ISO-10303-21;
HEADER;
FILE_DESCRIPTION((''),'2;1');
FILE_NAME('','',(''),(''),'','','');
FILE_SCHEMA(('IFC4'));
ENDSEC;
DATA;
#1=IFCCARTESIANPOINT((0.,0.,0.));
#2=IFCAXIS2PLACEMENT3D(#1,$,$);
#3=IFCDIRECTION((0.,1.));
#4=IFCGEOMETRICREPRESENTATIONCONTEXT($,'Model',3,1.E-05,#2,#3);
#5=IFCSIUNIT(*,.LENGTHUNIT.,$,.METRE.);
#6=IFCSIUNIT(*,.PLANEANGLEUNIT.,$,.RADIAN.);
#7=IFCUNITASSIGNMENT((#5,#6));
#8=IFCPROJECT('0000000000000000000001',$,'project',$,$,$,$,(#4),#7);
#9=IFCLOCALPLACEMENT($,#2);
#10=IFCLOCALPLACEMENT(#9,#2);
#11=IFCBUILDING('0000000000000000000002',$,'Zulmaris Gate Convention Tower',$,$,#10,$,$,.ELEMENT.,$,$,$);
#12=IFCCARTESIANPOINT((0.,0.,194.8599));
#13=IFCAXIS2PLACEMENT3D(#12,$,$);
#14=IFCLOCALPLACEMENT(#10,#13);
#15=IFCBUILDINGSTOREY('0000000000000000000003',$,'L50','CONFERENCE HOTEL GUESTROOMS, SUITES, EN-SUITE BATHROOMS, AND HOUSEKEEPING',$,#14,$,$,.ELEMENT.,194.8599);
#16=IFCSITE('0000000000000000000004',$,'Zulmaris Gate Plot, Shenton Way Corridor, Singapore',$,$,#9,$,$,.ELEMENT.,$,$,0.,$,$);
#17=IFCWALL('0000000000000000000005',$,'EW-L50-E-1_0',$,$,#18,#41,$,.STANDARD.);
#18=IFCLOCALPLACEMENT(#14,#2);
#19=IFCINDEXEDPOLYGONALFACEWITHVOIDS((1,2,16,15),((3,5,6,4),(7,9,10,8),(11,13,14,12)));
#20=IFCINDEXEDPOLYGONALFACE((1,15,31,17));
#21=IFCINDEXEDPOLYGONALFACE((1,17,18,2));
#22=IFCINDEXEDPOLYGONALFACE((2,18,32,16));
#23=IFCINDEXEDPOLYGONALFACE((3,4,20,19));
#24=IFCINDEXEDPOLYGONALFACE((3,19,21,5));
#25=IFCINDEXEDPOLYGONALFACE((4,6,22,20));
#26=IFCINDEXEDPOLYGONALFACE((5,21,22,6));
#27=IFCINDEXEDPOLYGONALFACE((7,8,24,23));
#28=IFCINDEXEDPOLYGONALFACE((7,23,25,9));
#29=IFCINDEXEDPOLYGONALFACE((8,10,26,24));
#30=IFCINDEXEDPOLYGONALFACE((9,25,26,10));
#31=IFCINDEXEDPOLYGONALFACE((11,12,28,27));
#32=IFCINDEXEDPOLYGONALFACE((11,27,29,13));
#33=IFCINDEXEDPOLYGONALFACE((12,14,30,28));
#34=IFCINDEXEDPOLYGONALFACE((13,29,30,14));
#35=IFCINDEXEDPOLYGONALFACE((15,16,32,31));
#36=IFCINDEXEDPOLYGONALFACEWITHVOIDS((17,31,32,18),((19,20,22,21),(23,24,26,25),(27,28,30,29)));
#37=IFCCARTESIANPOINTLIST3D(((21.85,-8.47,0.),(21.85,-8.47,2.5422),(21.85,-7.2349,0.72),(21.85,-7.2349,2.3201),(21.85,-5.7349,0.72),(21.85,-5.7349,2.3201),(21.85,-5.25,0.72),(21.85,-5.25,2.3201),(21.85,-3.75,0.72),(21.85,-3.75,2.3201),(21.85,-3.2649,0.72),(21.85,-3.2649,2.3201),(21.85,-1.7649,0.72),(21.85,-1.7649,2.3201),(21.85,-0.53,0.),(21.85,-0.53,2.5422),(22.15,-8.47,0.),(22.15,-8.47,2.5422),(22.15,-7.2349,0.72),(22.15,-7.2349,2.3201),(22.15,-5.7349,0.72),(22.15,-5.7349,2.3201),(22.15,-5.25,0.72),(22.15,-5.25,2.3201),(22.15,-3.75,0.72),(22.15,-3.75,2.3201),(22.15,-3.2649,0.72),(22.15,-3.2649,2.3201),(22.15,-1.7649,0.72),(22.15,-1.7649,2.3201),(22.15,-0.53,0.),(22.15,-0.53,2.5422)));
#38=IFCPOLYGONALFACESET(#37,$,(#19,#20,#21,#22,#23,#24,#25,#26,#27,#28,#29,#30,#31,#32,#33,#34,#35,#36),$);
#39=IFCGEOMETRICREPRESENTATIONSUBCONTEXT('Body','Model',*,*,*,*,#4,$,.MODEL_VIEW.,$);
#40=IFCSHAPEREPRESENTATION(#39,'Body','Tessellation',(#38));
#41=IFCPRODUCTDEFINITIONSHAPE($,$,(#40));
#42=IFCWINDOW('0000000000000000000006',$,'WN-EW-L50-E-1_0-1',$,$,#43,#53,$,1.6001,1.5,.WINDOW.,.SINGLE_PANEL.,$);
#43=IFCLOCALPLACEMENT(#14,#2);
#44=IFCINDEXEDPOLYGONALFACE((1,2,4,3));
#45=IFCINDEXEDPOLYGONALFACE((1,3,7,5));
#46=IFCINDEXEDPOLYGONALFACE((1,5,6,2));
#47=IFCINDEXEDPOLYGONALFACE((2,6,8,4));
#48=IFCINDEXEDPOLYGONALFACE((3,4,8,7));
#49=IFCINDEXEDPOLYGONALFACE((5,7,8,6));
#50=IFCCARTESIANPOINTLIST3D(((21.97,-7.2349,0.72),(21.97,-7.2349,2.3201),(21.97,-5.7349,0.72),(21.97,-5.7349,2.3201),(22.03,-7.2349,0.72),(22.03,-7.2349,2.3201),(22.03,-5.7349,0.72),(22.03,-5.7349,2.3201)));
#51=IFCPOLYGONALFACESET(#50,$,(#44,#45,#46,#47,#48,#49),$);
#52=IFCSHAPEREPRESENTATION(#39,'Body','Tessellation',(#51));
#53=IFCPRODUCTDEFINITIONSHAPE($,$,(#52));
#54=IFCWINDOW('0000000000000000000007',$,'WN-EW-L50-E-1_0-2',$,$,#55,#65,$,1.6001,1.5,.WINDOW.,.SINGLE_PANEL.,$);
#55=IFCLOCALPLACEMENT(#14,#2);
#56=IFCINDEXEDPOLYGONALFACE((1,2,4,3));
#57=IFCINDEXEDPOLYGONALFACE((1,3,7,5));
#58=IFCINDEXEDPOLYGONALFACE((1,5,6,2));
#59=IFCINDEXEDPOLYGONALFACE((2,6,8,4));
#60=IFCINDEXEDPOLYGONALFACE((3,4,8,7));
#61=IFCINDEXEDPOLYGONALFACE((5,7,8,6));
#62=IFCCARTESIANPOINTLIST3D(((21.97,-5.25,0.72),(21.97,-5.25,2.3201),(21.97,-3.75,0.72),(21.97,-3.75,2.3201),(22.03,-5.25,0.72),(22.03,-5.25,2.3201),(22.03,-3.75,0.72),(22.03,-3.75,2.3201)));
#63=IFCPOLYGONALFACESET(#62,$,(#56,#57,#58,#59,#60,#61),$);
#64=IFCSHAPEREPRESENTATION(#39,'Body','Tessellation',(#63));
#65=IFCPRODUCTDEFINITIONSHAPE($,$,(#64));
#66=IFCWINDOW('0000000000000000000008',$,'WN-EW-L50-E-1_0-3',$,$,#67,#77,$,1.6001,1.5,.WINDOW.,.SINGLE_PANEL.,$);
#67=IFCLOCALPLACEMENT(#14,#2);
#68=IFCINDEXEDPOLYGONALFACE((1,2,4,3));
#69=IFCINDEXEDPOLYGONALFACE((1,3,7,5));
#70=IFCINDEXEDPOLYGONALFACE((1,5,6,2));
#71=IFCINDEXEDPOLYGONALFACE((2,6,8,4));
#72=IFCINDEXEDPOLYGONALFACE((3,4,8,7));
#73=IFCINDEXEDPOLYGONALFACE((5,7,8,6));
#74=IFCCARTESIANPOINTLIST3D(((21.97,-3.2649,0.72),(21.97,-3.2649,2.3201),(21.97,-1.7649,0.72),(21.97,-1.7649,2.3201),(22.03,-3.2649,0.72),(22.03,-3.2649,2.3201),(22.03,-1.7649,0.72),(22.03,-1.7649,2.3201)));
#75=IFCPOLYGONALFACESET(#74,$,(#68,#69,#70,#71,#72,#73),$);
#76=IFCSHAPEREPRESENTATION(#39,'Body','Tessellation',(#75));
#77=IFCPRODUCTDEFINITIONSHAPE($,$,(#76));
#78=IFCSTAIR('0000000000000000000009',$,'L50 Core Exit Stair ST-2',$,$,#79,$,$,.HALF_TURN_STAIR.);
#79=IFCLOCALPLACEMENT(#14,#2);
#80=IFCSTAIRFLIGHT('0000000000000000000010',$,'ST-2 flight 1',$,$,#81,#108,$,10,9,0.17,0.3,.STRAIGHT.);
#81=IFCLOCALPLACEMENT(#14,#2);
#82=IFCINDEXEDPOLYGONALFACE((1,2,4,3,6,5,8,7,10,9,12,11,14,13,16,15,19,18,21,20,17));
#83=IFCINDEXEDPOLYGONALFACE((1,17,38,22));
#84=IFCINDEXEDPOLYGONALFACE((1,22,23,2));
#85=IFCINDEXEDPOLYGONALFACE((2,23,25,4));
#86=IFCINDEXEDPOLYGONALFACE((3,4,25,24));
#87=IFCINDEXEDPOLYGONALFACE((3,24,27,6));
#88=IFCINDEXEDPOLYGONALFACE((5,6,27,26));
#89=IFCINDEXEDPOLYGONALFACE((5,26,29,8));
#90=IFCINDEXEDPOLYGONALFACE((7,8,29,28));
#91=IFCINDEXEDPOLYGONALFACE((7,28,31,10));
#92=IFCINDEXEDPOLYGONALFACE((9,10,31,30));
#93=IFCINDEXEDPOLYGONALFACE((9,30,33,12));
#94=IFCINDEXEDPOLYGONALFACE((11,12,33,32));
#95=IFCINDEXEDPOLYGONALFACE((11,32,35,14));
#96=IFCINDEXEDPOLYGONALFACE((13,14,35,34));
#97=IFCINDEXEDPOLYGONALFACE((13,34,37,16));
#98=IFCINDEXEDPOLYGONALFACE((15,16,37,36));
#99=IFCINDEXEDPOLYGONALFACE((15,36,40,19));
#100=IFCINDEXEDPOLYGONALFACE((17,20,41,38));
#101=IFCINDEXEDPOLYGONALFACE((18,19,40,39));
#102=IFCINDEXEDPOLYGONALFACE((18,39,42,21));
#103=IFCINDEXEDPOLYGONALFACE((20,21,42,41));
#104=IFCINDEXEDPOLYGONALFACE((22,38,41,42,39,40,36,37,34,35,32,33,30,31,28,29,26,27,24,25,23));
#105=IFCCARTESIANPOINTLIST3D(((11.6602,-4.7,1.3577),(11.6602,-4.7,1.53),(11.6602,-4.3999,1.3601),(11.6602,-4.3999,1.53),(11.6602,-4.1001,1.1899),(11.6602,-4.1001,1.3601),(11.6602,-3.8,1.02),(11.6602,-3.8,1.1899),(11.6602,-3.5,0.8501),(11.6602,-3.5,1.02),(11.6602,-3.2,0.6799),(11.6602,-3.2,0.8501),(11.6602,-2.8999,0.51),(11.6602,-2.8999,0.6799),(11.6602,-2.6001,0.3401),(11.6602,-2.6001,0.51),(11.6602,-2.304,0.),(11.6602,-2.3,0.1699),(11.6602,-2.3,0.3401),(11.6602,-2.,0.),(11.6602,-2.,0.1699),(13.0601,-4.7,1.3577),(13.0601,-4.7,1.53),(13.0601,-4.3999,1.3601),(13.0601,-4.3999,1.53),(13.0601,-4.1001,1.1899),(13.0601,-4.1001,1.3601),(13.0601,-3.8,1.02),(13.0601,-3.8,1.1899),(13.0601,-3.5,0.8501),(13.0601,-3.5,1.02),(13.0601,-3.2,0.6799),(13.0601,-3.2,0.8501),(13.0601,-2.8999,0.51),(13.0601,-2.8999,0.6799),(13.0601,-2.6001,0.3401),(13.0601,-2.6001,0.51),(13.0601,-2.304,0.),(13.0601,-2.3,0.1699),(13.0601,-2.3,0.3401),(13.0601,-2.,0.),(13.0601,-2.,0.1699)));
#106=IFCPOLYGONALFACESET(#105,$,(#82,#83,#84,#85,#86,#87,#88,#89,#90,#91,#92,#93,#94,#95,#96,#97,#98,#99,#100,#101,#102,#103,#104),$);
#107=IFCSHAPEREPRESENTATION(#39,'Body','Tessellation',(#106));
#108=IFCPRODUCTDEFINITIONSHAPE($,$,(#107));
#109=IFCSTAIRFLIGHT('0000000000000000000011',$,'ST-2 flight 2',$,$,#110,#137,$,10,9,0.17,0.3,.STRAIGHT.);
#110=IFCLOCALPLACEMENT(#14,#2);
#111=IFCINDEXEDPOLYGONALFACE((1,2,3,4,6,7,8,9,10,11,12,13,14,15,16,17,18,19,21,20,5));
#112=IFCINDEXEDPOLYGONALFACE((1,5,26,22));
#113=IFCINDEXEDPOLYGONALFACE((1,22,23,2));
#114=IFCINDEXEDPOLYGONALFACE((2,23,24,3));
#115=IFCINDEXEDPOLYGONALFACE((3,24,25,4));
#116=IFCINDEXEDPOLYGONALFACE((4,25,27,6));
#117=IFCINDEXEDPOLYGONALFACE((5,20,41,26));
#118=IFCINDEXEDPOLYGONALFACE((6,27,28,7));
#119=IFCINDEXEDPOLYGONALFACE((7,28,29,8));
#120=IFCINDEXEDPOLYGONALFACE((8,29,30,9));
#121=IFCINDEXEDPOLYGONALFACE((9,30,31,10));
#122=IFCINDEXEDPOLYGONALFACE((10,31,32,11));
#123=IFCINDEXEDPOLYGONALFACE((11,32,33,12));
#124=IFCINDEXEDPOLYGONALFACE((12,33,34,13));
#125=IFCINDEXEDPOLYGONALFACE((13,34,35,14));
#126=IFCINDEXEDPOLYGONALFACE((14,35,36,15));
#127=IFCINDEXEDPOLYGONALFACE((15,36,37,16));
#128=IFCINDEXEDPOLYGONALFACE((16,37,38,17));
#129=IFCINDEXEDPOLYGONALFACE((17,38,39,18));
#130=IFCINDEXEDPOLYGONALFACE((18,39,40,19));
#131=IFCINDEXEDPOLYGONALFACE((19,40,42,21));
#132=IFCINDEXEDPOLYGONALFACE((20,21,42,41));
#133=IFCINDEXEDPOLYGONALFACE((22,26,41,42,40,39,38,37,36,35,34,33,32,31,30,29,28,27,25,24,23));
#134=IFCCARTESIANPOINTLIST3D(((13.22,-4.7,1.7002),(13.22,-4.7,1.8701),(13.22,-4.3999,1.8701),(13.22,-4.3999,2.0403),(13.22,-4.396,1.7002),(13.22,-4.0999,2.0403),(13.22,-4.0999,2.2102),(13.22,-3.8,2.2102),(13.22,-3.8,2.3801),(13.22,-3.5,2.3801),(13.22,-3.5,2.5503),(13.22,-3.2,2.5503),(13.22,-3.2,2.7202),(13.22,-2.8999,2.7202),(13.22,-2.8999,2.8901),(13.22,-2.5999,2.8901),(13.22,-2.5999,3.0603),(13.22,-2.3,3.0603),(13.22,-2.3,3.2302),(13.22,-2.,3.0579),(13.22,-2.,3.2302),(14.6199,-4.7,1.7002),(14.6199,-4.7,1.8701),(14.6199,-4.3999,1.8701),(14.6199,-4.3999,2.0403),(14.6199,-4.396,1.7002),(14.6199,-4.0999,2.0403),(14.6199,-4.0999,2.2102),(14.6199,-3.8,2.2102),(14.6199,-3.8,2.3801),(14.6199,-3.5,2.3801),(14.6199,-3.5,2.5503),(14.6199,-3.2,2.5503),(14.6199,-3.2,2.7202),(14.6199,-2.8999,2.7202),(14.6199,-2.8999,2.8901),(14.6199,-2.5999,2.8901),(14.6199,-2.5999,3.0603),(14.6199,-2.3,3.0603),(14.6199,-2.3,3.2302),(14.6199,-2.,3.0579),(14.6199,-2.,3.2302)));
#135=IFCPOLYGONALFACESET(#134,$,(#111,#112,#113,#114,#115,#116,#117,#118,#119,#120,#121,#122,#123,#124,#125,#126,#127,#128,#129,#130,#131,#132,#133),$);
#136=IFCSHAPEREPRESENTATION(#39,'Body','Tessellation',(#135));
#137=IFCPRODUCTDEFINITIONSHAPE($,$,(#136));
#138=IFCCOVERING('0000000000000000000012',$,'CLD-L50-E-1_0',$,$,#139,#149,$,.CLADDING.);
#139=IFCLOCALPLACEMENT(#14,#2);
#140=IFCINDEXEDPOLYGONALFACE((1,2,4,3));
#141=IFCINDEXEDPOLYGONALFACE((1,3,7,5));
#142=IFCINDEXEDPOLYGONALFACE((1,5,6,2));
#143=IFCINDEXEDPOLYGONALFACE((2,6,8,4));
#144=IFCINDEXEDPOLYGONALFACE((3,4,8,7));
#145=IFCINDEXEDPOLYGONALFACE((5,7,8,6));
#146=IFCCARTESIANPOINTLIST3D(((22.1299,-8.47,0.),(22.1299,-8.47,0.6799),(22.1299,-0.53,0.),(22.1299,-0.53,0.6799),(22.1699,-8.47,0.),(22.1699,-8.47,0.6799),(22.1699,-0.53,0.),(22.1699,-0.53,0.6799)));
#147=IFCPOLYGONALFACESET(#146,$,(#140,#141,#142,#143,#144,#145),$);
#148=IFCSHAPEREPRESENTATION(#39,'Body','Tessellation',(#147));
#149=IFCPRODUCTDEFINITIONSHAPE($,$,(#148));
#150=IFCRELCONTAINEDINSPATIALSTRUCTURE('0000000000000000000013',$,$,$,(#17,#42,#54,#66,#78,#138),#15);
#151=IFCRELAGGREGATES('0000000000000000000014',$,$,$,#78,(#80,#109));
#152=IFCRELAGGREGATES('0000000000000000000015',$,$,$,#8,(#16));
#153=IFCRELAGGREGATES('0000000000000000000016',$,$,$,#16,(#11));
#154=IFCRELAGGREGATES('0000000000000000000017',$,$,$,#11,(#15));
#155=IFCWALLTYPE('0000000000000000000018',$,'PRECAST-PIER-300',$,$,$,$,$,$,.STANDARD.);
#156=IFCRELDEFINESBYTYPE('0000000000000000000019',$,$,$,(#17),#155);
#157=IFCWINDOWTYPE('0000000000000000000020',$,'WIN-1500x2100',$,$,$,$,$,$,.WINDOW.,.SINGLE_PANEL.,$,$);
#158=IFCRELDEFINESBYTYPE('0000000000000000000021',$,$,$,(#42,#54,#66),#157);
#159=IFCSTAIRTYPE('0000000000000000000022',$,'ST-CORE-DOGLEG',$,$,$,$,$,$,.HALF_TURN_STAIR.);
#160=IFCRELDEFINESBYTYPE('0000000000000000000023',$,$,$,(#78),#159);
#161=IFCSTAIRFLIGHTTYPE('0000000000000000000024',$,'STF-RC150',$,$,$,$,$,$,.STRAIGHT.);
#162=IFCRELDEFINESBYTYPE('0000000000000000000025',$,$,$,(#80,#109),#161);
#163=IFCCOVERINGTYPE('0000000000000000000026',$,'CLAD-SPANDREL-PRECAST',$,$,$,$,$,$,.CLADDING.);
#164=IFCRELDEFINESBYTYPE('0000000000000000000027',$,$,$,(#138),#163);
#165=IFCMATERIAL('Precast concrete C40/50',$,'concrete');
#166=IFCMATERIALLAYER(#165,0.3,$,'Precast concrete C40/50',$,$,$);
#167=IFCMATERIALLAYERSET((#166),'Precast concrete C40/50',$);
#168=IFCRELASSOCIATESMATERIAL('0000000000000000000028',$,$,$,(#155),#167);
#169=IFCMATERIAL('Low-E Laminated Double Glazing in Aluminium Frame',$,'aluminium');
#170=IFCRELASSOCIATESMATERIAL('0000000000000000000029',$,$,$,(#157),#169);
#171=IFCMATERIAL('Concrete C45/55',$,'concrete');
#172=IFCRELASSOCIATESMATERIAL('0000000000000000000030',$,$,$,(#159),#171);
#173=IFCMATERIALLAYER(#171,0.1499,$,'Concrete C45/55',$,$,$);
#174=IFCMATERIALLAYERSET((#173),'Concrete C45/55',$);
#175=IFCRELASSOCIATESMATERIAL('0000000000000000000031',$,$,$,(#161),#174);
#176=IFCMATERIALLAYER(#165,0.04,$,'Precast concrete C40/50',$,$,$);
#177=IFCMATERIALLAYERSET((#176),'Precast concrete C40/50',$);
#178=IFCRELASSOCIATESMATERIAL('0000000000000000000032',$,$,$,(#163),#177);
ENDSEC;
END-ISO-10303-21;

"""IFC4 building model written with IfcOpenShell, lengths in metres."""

from ifc_helpers import new_model, si_unit, direction, frame, frame_2d, origin, place, context, subcontext, project, spatial, polyline, rectangle, outline, extrude, material, layer, layer_set, type_object, element, fill, aggregate, save


model = new_model("IFC4")

# Units and contexts
model_context = context("Model", 3, precision=1e-05, world=origin(), true_north=direction((0.0, 1.0)))
body_context = subcontext(model_context, "Body", "Model", "MODEL_VIEW")
ifc_project = project(units=[si_unit("LENGTHUNIT", "METRE"), si_unit("PLANEANGLEUNIT", "RADIAN")], contexts=[model_context])

# Site, building, storey
site_placement = place(None, origin())
site = spatial("IfcSite", under=ifc_project, at=site_placement, Name="Zulmaris Gate Plot, Shenton Way Corridor, Singapore", CompositionType="ELEMENT", RefElevation=0.0)
building_placement = place(site_placement, origin())
building = spatial("IfcBuilding", under=site, at=building_placement, Name="Zulmaris Gate Convention Tower", CompositionType="ELEMENT")
storey_placement = place(building_placement, frame((0.0, 0.0, 194.8599)))
storey = spatial("IfcBuildingStorey", under=building, at=storey_placement, Name="L50", Description="CONFERENCE HOTEL GUESTROOMS, SUITES, EN-SUITE BATHROOMS, AND HOUSEKEEPING", CompositionType="ELEMENT", Elevation=194.8599)

# Wall, openings, windows
ifc_material_1 = material(Name="Precast concrete C40/50", Category="concrete")
ifc_layer_1 = layer(ifc_material_1, 0.3, Name="Precast concrete C40/50")
ifc_layer_set_1 = layer_set([ifc_layer_1], Name="Precast concrete C40/50")
wall_type_1 = type_object("IfcWallType", Name="PRECAST-PIER-300", PredefinedType="STANDARD", material=ifc_layer_set_1)
wall_1_placement = place(storey_placement, frame((22.0, -8.47, 0.0), z_axis=(0.0, 0.0, 1.0), x_axis=(0.0, 1.0, 0.0)))
wall_1 = element("IfcWall", 1, at=wall_1_placement, inside=storey, type_object=wall_type_1, Name="EW-L50-E-1_0", PredefinedType="STANDARD", context=body_context, shape_type="SweptSolid", body=[
    extrude(rectangle(XDim=7.9399, YDim=0.3, at=frame_2d((3.97, 0.0))), origin(), (0.0, 0.0, 1.0), 2.5422),
])
opening_1_placement = place(wall_1_placement, frame((1.2351, 0.0, 0.72)))
opening_1 = element("IfcOpeningElement", 2, at=opening_1_placement, cuts=wall_1, PredefinedType="OPENING", context=body_context, shape_type="SweptSolid", body=[
    extrude(rectangle(XDim=1.5, YDim=1.6001, at=frame_2d((0.75, 0.8))), frame((0.0, 0.1602, 0.0), z_axis=(0.0, -1.0, 0.0), x_axis=(1.0, 0.0, 0.0)), (0.0, 0.0, 1.0), 0.3201),
])
opening_2_placement = place(wall_1_placement, frame((3.22, 0.0, 0.72)))
opening_2 = element("IfcOpeningElement", 3, at=opening_2_placement, cuts=wall_1, PredefinedType="OPENING", context=body_context, shape_type="SweptSolid", body=[
    extrude(rectangle(XDim=1.5, YDim=1.6001, at=frame_2d((0.75, 0.8))), frame((0.0, 0.1602, 0.0), z_axis=(0.0, -1.0, 0.0), x_axis=(1.0, 0.0, 0.0)), (0.0, 0.0, 1.0), 0.3201),
])
opening_3_placement = place(wall_1_placement, frame((5.2051, 0.0, 0.72)))
opening_3 = element("IfcOpeningElement", 4, at=opening_3_placement, cuts=wall_1, PredefinedType="OPENING", context=body_context, shape_type="SweptSolid", body=[
    extrude(rectangle(XDim=1.5, YDim=1.6001, at=frame_2d((0.75, 0.8))), frame((0.0, 0.1602, 0.0), z_axis=(0.0, -1.0, 0.0), x_axis=(1.0, 0.0, 0.0)), (0.0, 0.0, 1.0), 0.3201),
])
ifc_material_2 = material(Name="Low-E Laminated Double Glazing in Aluminium Frame", Category="aluminium")
window_type = type_object("IfcWindowType", Name="WIN-1500x2100", PartitioningType="SINGLE_PANEL", PredefinedType="WINDOW", material=ifc_material_2)
window_1_placement = place(opening_1_placement, origin())
window_1 = element("IfcWindow", 5, at=window_1_placement, inside=storey, type_object=window_type, Name="WN-EW-L50-E-1_0-1", OverallHeight=1.6001, OverallWidth=1.5, PartitioningType="SINGLE_PANEL", PredefinedType="WINDOW", context=body_context, shape_type="SweptSolid", body=[
    extrude(rectangle(XDim=1.5, YDim=1.6001, at=frame_2d((0.75, 0.8))), frame((0.0, 0.03, 0.0), z_axis=(0.0, -1.0, 0.0), x_axis=(1.0, 0.0, 0.0)), (0.0, 0.0, 1.0), 0.0601),
])
fill(opening_1, window_1)
window_2_placement = place(opening_2_placement, origin())
window_2 = element("IfcWindow", 6, at=window_2_placement, inside=storey, type_object=window_type, Name="WN-EW-L50-E-1_0-2", OverallHeight=1.6001, OverallWidth=1.5, PartitioningType="SINGLE_PANEL", PredefinedType="WINDOW", context=body_context, shape_type="SweptSolid", body=[
    extrude(rectangle(XDim=1.5, YDim=1.6001, at=frame_2d((0.75, 0.8))), frame((0.0, 0.03, 0.0), z_axis=(0.0, -1.0, 0.0), x_axis=(1.0, 0.0, 0.0)), (0.0, 0.0, 1.0), 0.0601),
])
fill(opening_2, window_2)
window_3_placement = place(opening_3_placement, origin())
window_3 = element("IfcWindow", 7, at=window_3_placement, inside=storey, type_object=window_type, Name="WN-EW-L50-E-1_0-3", OverallHeight=1.6001, OverallWidth=1.5, PartitioningType="SINGLE_PANEL", PredefinedType="WINDOW", context=body_context, shape_type="SweptSolid", body=[
    extrude(rectangle(XDim=1.5, YDim=1.6001, at=frame_2d((0.75, 0.8))), frame((0.0, 0.03, 0.0), z_axis=(0.0, -1.0, 0.0), x_axis=(1.0, 0.0, 0.0)), (0.0, 0.0, 1.0), 0.0601),
])
fill(opening_3, window_3)

# Stair, stair flights
ifc_material_3 = material(Name="Concrete C45/55", Category="concrete")
stair_type = type_object("IfcStairType", Name="ST-CORE-DOGLEG", PredefinedType="HALF_TURN_STAIR", material=ifc_material_3)
stair_placement = place(storey_placement, origin())
stair = element("IfcStair", 8, at=stair_placement, inside=storey, type_object=stair_type, Name="L50 Core Exit Stair ST-2", PredefinedType="HALF_TURN_STAIR")
ifc_layer_2 = layer(ifc_material_3, 0.1499, Name="Concrete C45/55")
ifc_layer_set_2 = layer_set([ifc_layer_2], Name="Concrete C45/55")
stair_flight_type = type_object("IfcStairFlightType", Name="STF-RC150", PredefinedType="STRAIGHT", material=ifc_layer_set_2)
stair_flight_1_placement = place(storey_placement, frame((12.3601, -2.0, 0.0), z_axis=(0.0, 0.0, 1.0), x_axis=(0.0, -1.0, 0.0)))
stair_flight_1 = element("IfcStairFlight", 9, at=stair_flight_1_placement, type_object=stair_flight_type, Name="ST-2 flight 1", NumberOfRisers=10, NumberOfTreads=9, PredefinedType="STRAIGHT", RiserHeight=0.17, TreadLength=0.3, context=body_context, shape_type="SweptSolid", body=[
    extrude(outline(polyline([(0.0, 0.0), (0.0, 0.1699), (0.3, 0.1699), (0.3, 0.3401), (0.6001, 0.3401), (0.6001, 0.51), (0.8999, 0.51), (0.8999, 0.6799), (1.2, 0.6799), (1.2, 0.8501), (1.5, 0.8501), (1.5, 1.02), (1.8, 1.02), (1.8, 1.1899), (2.1001, 1.1899), (2.1001, 1.3601), (2.3999, 1.3601), (2.3999, 1.53), (2.7, 1.53), (2.7, 1.7), (2.7, 1.3577), (0.304, 0.0), (0.0, 0.0)])), frame((0.0, 0.7, 0.0), z_axis=(0.0, -1.0, 0.0), x_axis=(1.0, 0.0, 0.0)), (0.0, 0.0, 1.0), 1.3999),
])
stair_flight_2_placement = place(storey_placement, frame((13.9199, -4.7, 1.7002), z_axis=(0.0, 0.0, 1.0), x_axis=(0.0, 1.0, 0.0)))
stair_flight_2 = element("IfcStairFlight", 10, at=stair_flight_2_placement, type_object=stair_flight_type, Name="ST-2 flight 2", NumberOfRisers=10, NumberOfTreads=9, PredefinedType="STRAIGHT", RiserHeight=0.17, TreadLength=0.3, context=body_context, shape_type="SweptSolid", body=[
    extrude(outline(polyline([(0.0, 0.0), (0.0, 0.1699), (0.3, 0.1699), (0.3, 0.3401), (0.6001, 0.3401), (0.6001, 0.51), (0.8999, 0.51), (0.8999, 0.6799), (1.2, 0.6799), (1.2, 0.8501), (1.5, 0.8501), (1.5, 1.02), (1.8, 1.02), (1.8, 1.1899), (2.1001, 1.1899), (2.1001, 1.3601), (2.3999, 1.3601), (2.3999, 1.53), (2.7, 1.53), (2.7, 1.7), (2.7, 1.3577), (0.304, 0.0), (0.0, 0.0)])), frame((0.0, 0.7, 0.0), z_axis=(0.0, -1.0, 0.0), x_axis=(1.0, 0.0, 0.0)), (0.0, 0.0, 1.0), 1.3999),
])
aggregate(stair, [stair_flight_1, stair_flight_2])

# Covering
ifc_layer_3 = layer(ifc_material_1, 0.04, Name="Precast concrete C40/50")
ifc_layer_set_3 = layer_set([ifc_layer_3], Name="Precast concrete C40/50")
covering_type = type_object("IfcCoveringType", Name="CLAD-SPANDREL-PRECAST", PredefinedType="CLADDING", material=ifc_layer_set_3)
covering_placement = place(storey_placement, frame((22.1499, -8.47, 0.0), z_axis=(0.0, 0.0, 1.0), x_axis=(0.0, 1.0, 0.0)))
element("IfcCovering", 11, at=covering_placement, inside=storey, type_object=covering_type, Name="CLD-L50-E-1_0", PredefinedType="CLADDING", context=body_context, shape_type="SweptSolid", body=[
    extrude(rectangle(XDim=7.9399, YDim=0.04, at=frame_2d((3.97, 0.0))), origin(), (0.0, 0.0, 1.0), 0.6799),
])

save(model, "model.ifc")
